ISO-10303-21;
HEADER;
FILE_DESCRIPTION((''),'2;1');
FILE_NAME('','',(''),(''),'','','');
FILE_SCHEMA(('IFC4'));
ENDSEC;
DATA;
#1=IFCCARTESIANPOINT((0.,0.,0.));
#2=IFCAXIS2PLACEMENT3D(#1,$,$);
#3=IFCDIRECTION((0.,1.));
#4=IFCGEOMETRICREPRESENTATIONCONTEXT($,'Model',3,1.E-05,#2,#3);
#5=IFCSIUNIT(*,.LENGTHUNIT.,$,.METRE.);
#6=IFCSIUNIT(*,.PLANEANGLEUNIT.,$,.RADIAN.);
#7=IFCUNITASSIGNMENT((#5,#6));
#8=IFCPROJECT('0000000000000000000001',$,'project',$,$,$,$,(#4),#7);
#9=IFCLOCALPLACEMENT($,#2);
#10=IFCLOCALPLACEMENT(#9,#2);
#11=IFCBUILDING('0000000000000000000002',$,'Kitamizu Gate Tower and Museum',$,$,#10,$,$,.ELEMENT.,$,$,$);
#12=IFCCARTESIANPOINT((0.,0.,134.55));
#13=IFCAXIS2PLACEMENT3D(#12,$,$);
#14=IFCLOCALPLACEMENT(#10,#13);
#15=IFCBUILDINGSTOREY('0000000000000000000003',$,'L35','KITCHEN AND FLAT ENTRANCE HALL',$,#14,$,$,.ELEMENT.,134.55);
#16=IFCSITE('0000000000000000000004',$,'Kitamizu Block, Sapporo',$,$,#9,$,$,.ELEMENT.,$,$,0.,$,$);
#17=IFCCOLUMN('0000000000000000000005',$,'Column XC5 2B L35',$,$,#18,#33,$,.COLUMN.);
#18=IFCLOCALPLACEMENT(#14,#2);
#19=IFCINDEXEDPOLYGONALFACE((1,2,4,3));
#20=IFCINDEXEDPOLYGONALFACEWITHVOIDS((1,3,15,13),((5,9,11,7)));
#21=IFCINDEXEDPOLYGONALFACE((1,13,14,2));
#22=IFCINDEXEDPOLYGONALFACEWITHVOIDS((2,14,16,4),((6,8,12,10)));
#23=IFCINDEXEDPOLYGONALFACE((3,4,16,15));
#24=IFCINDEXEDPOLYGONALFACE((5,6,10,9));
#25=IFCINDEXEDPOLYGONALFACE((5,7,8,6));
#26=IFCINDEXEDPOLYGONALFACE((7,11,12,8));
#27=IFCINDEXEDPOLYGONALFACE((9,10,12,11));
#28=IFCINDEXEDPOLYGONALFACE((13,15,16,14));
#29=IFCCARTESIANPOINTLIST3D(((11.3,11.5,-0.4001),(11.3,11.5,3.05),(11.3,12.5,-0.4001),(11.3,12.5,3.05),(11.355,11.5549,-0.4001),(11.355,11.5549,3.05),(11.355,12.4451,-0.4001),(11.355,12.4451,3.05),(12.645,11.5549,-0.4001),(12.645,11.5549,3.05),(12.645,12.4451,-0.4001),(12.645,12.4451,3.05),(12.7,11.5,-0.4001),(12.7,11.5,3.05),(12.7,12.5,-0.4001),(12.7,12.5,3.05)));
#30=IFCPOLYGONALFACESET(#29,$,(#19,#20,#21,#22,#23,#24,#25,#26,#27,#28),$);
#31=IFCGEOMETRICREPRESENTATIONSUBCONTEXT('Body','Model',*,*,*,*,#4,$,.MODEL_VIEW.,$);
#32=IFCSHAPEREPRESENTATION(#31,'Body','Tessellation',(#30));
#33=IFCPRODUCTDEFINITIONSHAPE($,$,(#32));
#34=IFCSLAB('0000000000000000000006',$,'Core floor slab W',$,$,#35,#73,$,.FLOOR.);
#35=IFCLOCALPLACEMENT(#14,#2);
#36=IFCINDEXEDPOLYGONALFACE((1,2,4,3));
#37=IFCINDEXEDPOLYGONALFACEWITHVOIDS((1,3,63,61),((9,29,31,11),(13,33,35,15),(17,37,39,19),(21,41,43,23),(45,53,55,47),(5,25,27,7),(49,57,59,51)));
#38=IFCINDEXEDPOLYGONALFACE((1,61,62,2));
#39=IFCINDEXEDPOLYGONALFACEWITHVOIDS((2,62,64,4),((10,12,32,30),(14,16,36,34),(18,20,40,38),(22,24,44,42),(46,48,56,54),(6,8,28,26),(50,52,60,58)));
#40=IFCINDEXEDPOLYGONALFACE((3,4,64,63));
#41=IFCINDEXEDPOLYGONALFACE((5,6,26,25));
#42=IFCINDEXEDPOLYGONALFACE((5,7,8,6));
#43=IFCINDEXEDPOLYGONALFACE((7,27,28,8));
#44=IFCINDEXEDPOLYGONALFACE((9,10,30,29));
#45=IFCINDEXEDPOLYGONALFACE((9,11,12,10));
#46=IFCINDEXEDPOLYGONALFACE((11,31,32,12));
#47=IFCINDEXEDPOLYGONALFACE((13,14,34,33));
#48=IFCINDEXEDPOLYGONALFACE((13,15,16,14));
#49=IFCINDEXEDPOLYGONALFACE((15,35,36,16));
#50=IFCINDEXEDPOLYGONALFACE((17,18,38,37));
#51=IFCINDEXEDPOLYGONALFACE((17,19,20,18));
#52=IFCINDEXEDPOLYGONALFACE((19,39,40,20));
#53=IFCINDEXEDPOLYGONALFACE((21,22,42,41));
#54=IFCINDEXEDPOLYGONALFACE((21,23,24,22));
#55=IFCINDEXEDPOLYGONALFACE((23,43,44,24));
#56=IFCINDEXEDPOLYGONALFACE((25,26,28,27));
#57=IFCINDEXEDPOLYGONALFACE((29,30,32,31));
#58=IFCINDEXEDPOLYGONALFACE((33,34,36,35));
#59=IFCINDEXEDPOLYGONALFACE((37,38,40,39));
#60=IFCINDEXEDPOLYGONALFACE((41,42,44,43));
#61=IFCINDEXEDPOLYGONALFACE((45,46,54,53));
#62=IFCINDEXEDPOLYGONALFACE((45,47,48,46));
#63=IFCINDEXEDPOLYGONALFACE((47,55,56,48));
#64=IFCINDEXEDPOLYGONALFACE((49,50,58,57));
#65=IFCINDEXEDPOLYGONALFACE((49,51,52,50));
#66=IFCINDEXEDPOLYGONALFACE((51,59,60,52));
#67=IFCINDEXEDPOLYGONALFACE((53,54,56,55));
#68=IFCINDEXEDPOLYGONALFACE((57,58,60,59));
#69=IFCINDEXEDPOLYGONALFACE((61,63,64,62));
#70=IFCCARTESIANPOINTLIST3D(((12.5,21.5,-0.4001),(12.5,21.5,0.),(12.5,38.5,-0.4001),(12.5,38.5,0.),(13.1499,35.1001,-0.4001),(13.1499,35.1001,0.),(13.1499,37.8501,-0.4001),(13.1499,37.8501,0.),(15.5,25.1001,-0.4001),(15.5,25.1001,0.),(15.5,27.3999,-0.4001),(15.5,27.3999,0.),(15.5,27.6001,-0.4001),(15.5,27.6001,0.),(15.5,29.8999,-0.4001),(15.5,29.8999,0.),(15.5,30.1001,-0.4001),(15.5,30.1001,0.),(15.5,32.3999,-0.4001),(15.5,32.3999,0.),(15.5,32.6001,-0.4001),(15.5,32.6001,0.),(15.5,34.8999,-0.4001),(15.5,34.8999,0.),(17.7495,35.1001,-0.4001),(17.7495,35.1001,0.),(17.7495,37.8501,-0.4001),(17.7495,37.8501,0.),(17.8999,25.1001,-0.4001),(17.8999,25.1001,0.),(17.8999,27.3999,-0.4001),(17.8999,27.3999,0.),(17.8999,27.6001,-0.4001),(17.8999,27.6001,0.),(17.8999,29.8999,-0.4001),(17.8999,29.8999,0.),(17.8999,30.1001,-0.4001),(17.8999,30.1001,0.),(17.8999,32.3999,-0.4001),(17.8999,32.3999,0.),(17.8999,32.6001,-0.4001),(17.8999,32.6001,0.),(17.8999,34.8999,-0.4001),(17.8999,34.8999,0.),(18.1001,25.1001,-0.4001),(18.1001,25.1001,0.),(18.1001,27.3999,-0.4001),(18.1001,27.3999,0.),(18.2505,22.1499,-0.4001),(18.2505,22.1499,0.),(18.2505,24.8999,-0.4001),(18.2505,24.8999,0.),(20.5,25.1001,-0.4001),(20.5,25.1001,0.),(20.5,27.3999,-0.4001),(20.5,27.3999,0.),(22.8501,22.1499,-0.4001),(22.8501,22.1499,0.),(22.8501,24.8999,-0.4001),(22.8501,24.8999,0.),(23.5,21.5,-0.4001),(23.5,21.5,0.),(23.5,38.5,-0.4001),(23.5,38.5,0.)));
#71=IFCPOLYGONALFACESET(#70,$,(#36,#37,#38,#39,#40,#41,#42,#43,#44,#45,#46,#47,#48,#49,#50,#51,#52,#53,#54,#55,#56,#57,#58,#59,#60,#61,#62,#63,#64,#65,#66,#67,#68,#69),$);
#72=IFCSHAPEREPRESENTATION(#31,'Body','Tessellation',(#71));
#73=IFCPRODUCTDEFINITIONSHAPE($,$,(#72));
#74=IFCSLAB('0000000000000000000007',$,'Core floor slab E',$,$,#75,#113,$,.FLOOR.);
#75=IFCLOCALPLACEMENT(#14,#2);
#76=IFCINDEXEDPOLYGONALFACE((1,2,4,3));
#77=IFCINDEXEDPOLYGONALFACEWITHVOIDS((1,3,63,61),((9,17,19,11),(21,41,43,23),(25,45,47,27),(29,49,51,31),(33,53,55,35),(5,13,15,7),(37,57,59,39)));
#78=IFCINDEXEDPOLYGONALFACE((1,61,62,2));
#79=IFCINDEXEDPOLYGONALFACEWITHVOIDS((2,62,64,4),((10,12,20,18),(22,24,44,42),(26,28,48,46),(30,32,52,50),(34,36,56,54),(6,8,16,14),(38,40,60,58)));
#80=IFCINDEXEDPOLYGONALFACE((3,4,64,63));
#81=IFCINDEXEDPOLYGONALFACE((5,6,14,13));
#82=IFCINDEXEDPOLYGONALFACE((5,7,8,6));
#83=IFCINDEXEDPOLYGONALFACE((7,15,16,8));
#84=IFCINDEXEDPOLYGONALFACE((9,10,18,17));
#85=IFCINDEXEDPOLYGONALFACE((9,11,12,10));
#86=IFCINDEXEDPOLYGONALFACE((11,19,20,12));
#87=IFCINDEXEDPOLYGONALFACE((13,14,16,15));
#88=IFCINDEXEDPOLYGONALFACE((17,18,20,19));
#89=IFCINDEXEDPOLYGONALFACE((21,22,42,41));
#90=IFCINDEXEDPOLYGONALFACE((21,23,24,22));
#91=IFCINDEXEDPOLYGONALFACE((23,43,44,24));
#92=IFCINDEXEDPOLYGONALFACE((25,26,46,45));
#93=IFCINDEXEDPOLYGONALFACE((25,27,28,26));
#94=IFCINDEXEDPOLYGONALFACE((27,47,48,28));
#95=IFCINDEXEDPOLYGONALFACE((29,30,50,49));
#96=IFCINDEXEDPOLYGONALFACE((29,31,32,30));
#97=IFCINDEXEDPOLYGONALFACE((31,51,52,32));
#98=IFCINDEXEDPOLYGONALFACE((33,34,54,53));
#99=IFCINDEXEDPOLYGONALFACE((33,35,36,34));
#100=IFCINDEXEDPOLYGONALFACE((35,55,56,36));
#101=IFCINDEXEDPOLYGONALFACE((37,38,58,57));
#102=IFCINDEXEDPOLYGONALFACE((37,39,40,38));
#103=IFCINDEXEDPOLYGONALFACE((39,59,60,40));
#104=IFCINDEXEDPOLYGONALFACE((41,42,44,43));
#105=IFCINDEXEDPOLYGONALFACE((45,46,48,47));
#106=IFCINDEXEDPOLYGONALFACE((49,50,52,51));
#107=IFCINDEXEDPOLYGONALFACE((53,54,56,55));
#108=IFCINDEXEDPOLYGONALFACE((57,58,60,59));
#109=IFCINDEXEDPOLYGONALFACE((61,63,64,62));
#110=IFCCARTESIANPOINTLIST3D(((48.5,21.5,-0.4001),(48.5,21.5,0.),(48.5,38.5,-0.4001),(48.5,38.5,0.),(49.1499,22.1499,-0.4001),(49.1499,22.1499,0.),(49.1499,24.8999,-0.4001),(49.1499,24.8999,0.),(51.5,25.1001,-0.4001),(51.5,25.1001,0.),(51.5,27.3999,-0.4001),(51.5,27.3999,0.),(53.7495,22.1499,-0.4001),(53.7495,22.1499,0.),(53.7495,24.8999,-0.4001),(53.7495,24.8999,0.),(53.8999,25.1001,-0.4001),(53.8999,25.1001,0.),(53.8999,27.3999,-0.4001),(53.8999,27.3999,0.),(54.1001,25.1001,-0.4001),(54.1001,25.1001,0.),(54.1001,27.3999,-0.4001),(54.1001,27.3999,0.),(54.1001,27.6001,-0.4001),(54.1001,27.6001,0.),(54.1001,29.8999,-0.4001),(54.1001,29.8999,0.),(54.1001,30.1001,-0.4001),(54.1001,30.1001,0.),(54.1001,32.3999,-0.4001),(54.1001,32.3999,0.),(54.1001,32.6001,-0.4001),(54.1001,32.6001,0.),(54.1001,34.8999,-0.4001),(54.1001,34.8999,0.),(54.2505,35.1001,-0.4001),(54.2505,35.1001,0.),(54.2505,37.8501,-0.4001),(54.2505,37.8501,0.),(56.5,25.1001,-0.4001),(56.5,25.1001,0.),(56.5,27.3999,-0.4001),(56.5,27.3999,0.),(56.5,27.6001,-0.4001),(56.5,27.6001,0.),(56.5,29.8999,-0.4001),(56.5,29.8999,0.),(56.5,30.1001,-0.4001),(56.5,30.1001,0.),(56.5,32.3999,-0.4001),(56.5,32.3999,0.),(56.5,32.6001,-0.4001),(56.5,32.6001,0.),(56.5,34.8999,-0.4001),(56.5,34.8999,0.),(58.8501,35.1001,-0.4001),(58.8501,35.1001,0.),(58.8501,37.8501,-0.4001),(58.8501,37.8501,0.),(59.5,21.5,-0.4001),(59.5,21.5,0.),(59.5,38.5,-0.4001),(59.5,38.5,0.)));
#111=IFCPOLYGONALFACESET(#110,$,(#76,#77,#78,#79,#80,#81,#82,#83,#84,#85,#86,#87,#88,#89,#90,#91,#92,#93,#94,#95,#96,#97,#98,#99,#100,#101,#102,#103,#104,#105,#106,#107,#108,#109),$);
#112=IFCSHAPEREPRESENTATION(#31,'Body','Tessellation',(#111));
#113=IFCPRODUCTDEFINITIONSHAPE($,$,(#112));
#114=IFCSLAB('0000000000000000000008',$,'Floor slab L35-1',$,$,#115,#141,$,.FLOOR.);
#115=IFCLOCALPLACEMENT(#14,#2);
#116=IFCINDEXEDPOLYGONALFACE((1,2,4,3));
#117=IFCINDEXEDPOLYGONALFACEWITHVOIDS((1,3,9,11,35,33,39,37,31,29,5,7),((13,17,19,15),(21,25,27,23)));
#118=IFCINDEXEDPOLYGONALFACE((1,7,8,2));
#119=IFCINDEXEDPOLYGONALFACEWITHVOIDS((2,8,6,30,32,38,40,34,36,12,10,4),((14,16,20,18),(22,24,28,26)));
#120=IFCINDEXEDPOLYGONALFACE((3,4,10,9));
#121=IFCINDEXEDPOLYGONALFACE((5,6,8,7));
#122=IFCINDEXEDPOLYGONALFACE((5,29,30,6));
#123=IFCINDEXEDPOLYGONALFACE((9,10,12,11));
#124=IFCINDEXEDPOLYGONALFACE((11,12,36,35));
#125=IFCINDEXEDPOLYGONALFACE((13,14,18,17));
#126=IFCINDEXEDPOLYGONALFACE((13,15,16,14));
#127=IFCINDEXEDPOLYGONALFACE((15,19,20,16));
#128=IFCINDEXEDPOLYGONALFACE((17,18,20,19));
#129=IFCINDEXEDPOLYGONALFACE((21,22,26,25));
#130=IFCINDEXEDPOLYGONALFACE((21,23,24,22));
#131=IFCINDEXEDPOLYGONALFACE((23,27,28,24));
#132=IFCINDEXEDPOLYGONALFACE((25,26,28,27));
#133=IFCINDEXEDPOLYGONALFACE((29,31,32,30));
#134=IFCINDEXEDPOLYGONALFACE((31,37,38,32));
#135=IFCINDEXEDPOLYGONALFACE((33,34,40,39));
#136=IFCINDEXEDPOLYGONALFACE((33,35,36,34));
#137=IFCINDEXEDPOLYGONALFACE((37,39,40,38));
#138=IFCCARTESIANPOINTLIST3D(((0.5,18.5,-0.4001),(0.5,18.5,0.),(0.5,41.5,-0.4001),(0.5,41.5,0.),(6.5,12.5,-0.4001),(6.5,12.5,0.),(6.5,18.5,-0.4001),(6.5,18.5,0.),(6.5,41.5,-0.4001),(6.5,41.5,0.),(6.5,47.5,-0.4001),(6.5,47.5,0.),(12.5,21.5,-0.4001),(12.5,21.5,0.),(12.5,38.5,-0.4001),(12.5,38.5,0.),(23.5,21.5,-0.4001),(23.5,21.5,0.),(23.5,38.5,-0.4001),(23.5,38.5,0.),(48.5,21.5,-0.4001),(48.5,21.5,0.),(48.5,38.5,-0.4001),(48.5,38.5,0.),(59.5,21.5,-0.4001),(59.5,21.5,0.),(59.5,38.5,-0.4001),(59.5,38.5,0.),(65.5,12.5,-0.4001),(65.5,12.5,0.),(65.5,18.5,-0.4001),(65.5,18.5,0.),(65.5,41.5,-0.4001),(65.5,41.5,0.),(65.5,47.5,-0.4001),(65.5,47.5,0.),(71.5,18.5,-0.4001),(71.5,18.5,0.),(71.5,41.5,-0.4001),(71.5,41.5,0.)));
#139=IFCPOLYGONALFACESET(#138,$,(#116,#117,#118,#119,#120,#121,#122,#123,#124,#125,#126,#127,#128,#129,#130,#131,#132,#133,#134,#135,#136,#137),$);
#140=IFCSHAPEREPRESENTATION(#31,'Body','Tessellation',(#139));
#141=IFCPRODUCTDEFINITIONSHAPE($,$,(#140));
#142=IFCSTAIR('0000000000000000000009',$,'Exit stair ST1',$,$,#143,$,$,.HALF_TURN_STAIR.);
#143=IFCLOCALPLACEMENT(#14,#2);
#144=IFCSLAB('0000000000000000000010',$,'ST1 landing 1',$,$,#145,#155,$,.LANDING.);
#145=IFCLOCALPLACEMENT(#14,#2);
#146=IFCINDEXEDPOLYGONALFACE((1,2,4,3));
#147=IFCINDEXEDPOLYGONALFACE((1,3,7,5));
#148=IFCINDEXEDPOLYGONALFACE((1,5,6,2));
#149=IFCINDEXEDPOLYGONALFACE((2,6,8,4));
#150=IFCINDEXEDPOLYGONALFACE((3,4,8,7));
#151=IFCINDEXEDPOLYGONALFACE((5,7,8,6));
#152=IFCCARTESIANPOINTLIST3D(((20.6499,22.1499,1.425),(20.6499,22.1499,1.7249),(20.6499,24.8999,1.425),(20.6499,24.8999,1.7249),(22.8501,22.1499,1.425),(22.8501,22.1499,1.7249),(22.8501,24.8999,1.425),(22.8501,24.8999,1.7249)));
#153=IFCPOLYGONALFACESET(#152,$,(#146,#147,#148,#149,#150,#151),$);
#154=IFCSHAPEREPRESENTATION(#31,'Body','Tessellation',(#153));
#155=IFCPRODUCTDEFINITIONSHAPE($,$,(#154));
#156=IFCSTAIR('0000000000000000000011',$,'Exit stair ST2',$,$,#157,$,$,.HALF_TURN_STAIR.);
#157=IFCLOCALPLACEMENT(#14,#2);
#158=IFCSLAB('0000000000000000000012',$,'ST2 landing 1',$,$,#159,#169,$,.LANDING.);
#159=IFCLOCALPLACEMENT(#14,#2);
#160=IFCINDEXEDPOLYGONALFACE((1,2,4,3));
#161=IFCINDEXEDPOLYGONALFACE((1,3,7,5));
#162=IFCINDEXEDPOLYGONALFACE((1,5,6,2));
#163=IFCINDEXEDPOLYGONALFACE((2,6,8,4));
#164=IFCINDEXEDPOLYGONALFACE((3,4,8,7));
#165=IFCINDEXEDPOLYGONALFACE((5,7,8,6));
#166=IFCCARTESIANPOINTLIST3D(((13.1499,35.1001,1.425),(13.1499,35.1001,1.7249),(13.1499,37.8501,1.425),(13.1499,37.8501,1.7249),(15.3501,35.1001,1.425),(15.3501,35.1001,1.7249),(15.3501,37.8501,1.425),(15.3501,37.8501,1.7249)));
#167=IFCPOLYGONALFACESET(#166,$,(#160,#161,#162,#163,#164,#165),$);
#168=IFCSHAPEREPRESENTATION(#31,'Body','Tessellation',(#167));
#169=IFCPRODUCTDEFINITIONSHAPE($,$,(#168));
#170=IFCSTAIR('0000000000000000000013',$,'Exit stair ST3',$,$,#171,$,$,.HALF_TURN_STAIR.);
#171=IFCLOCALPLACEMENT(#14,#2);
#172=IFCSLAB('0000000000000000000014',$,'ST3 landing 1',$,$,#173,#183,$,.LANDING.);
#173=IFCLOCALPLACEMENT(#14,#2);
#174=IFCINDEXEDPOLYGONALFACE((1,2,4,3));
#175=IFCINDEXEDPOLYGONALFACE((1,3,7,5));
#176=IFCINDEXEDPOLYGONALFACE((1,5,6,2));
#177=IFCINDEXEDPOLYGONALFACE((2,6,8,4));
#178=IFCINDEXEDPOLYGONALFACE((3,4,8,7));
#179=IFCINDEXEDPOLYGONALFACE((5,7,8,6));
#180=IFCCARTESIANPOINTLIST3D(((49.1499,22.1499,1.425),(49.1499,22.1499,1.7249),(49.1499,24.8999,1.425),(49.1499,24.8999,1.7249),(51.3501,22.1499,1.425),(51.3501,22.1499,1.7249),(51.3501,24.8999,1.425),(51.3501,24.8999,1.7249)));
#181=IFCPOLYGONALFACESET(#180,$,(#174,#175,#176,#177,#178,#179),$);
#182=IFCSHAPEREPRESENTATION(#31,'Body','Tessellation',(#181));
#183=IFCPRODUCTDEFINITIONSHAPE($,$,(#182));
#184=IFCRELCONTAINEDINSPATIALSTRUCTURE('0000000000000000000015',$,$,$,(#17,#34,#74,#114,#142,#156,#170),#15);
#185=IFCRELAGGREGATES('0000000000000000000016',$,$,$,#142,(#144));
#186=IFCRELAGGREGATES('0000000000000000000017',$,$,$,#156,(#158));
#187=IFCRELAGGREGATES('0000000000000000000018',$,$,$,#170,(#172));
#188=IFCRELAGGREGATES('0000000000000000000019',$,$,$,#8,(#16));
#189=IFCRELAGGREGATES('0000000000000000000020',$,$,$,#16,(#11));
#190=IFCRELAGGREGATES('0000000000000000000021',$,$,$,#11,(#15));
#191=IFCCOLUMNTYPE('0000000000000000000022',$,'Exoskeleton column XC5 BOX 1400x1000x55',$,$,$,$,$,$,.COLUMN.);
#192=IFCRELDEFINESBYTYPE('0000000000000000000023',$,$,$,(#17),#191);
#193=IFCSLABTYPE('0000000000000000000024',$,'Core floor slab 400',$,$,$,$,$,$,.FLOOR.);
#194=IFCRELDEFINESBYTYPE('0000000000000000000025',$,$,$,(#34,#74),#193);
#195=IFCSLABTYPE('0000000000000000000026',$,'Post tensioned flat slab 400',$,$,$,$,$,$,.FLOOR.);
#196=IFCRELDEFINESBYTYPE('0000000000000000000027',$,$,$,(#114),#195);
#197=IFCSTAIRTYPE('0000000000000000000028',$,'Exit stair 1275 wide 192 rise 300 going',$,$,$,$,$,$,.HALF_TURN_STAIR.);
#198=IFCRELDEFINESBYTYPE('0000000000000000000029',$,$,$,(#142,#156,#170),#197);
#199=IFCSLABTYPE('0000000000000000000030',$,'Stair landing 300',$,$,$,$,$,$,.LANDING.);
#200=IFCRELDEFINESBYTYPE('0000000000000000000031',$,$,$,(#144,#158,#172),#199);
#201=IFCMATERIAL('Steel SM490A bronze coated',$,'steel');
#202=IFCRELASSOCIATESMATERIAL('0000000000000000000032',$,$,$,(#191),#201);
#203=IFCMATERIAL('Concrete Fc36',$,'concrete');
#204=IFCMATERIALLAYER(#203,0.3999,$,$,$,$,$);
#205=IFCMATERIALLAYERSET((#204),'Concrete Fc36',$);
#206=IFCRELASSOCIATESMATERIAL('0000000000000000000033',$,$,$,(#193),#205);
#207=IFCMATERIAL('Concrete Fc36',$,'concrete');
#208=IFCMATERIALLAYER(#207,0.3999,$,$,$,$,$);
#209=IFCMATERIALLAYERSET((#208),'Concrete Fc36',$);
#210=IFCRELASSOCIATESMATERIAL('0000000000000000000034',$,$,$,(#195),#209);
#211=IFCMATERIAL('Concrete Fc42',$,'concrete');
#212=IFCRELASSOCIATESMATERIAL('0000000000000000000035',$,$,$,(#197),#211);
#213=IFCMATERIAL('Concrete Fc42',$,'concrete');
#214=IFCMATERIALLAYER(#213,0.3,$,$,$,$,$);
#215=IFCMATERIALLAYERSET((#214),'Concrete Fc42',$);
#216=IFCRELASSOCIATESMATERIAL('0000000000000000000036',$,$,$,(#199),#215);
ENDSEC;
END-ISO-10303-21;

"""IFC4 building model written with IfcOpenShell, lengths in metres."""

from ifc_helpers import new_model, si_unit, direction, frame, origin, origin_2d, place, context, subcontext, project, spatial, polyline, hollow_rectangle, outline, extrude, material, layer, layer_set, material_profile, profile_set, type_object, element, aggregate, save


model = new_model("IFC4")

# Units and contexts
model_context = context("Model", 3, precision=1e-05, world=origin(), true_north=direction((0.0, 1.0)))
body_context = subcontext(model_context, "Body", "Model", "MODEL_VIEW")
ifc_project = project(units=[si_unit("LENGTHUNIT", "METRE"), si_unit("PLANEANGLEUNIT", "RADIAN")], contexts=[model_context])

# Site, building, storey
site_placement = place(None, origin())
site = spatial("IfcSite", under=ifc_project, at=site_placement, Name="Kitamizu Block, Sapporo", CompositionType="ELEMENT", RefElevation=0.0)
building_placement = place(site_placement, origin())
building = spatial("IfcBuilding", under=site, at=building_placement, Name="Kitamizu Gate Tower and Museum", CompositionType="ELEMENT")
storey_placement = place(building_placement, frame((0.0, 0.0, 134.55)))
storey = spatial("IfcBuildingStorey", under=building, at=storey_placement, Name="L35", Description="KITCHEN AND FLAT ENTRANCE HALL", CompositionType="ELEMENT", Elevation=134.55)

# Column
ifc_material_1 = material(Name="Steel SM490A bronze coated", Category="steel")
ifc_material_profile = material_profile(ifc_material_1, hollow_rectangle(XDim=1.3999, YDim=1.0, WallThickness=0.0549, at=origin_2d()), Name="BOX 1400x1000x55")
ifc_profile_set = profile_set([ifc_material_profile], Name="Steel SM490A bronze coated")
column_type = type_object("IfcColumnType", Name="Exoskeleton column XC5 BOX 1400x1000x55", PredefinedType="COLUMN", material=ifc_profile_set)
column_placement = place(storey_placement, frame((12.0, 12.0, -0.4001), z_axis=(0.0, 0.0, 1.0), x_axis=(1.0, 0.0, 0.0)))
element("IfcColumn", 1, at=column_placement, inside=storey, type_object=column_type, Name="Column XC5 2B L35", PredefinedType="COLUMN", context=body_context, shape_type="SweptSolid", body=[
    extrude(hollow_rectangle(XDim=1.3999, YDim=1.0, WallThickness=0.0549, at=origin_2d()), origin(), (0.0, 0.0, 1.0), 3.4502),
])

# Slabs
ifc_material_2 = material(Name="Concrete Fc36", Category="concrete")
ifc_layer_1 = layer(ifc_material_2, 0.3999)
ifc_layer_set_1 = layer_set([ifc_layer_1], Name="Concrete Fc36")
slab_type_1 = type_object("IfcSlabType", Name="Core floor slab 400", PredefinedType="FLOOR", material=ifc_layer_set_1)
slab_1_placement = place(storey_placement, frame((0.0, 0.0, -0.4001)))
element("IfcSlab", 2, at=slab_1_placement, inside=storey, type_object=slab_type_1, Name="Core floor slab W", PredefinedType="FLOOR", context=body_context, shape_type="SweptSolid", body=[
    extrude(outline(polyline([(12.5, 21.5), (23.5, 21.5), (23.5, 38.5), (12.5, 38.5), (12.5, 21.5)]), holes=[polyline([(15.5, 25.1001), (17.8999, 25.1001), (17.8999, 27.3999), (15.5, 27.3999), (15.5, 25.1001)]), polyline([(15.5, 27.6001), (17.8999, 27.6001), (17.8999, 29.8999), (15.5, 29.8999), (15.5, 27.6001)]), polyline([(15.5, 30.1001), (17.8999, 30.1001), (17.8999, 32.3999), (15.5, 32.3999), (15.5, 30.1001)]), polyline([(15.5, 32.6001), (17.8999, 32.6001), (17.8999, 34.8999), (15.5, 34.8999), (15.5, 32.6001)]), polyline([(18.1001, 25.1001), (20.5, 25.1001), (20.5, 27.3999), (18.1001, 27.3999), (18.1001, 25.1001)]), polyline([(18.2505, 22.1499), (22.8501, 22.1499), (22.8501, 24.8999), (18.2505, 24.8999), (18.2505, 22.1499)]), polyline([(13.1499, 35.1001), (17.7495, 35.1001), (17.7495, 37.8501), (13.1499, 37.8501), (13.1499, 35.1001)])]), origin(), (0.0, 0.0, 1.0), 0.4001),
])
slab_2_placement = place(storey_placement, frame((0.0, 0.0, -0.4001)))
element("IfcSlab", 3, at=slab_2_placement, inside=storey, type_object=slab_type_1, Name="Core floor slab E", PredefinedType="FLOOR", context=body_context, shape_type="SweptSolid", body=[
    extrude(outline(polyline([(48.5, 21.5), (59.5, 21.5), (59.5, 38.5), (48.5, 38.5), (48.5, 21.5)]), holes=[polyline([(54.1001, 25.1001), (56.5, 25.1001), (56.5, 27.3999), (54.1001, 27.3999), (54.1001, 25.1001)]), polyline([(54.1001, 27.6001), (56.5, 27.6001), (56.5, 29.8999), (54.1001, 29.8999), (54.1001, 27.6001)]), polyline([(54.1001, 30.1001), (56.5, 30.1001), (56.5, 32.3999), (54.1001, 32.3999), (54.1001, 30.1001)]), polyline([(54.1001, 32.6001), (56.5, 32.6001), (56.5, 34.8999), (54.1001, 34.8999), (54.1001, 32.6001)]), polyline([(51.5, 25.1001), (53.8999, 25.1001), (53.8999, 27.3999), (51.5, 27.3999), (51.5, 25.1001)]), polyline([(49.1499, 22.1499), (53.7495, 22.1499), (53.7495, 24.8999), (49.1499, 24.8999), (49.1499, 22.1499)]), polyline([(54.2505, 35.1001), (58.8501, 35.1001), (58.8501, 37.8501), (54.2505, 37.8501), (54.2505, 35.1001)])]), origin(), (0.0, 0.0, 1.0), 0.4001),
])
ifc_material_3 = material(Name="Concrete Fc36", Category="concrete")
ifc_layer_2 = layer(ifc_material_3, 0.3999)
ifc_layer_set_2 = layer_set([ifc_layer_2], Name="Concrete Fc36")
slab_type_2 = type_object("IfcSlabType", Name="Post tensioned flat slab 400", PredefinedType="FLOOR", material=ifc_layer_set_2)
slab_3_placement = place(storey_placement, frame((0.0, 0.0, -0.4001)))
element("IfcSlab", 4, at=slab_3_placement, inside=storey, type_object=slab_type_2, Name="Floor slab L35-1", PredefinedType="FLOOR", context=body_context, shape_type="SweptSolid", body=[
    extrude(outline(polyline([(0.5, 18.5), (0.5, 41.5), (6.5, 41.5), (6.5, 47.5), (65.5, 47.5), (65.5, 41.5), (71.5, 41.5), (71.5, 18.5), (65.5, 18.5), (65.5, 12.5), (6.5, 12.5), (6.5, 18.5), (0.5, 18.5)]), holes=[polyline([(59.5, 38.5), (48.5, 38.5), (48.5, 21.5), (59.5, 21.5), (59.5, 38.5)]), polyline([(12.5, 38.5), (12.5, 21.5), (23.5, 21.5), (23.5, 38.5), (12.5, 38.5)])]), origin(), (0.0, 0.0, 1.0), 0.4001),
])

# Stairs, slabs
ifc_material_4 = material(Name="Concrete Fc42", Category="concrete")
stair_type = type_object("IfcStairType", Name="Exit stair 1275 wide 192 rise 300 going", PredefinedType="HALF_TURN_STAIR", material=ifc_material_4)
stair_1_placement = place(storey_placement, origin())
stair_1 = element("IfcStair", 5, at=stair_1_placement, inside=storey, type_object=stair_type, Name="Exit stair ST1", PredefinedType="HALF_TURN_STAIR")
ifc_material_5 = material(Name="Concrete Fc42", Category="concrete")
ifc_layer_3 = layer(ifc_material_5, 0.3)
ifc_layer_set_3 = layer_set([ifc_layer_3], Name="Concrete Fc42")
slab_type_3 = type_object("IfcSlabType", Name="Stair landing 300", PredefinedType="LANDING", material=ifc_layer_set_3)
slab_4_placement = place(storey_placement, frame((0.0, 0.0, 1.425)))
slab_4 = element("IfcSlab", 6, at=slab_4_placement, type_object=slab_type_3, Name="ST1 landing 1", PredefinedType="LANDING", context=body_context, shape_type="SweptSolid", body=[
    extrude(outline(polyline([(20.6499, 22.1499), (22.8501, 22.1499), (22.8501, 24.8999), (20.6499, 24.8999), (20.6499, 22.1499)])), origin(), (0.0, 0.0, 1.0), 0.2998),
])
aggregate(stair_1, [slab_4])
stair_2_placement = place(storey_placement, origin())
stair_2 = element("IfcStair", 7, at=stair_2_placement, inside=storey, type_object=stair_type, Name="Exit stair ST2", PredefinedType="HALF_TURN_STAIR")
slab_5_placement = place(storey_placement, frame((0.0, 0.0, 1.425)))
slab_5 = element("IfcSlab", 8, at=slab_5_placement, type_object=slab_type_3, Name="ST2 landing 1", PredefinedType="LANDING", context=body_context, shape_type="SweptSolid", body=[
    extrude(outline(polyline([(13.1499, 35.1001), (15.3501, 35.1001), (15.3501, 37.8501), (13.1499, 37.8501), (13.1499, 35.1001)])), origin(), (0.0, 0.0, 1.0), 0.2998),
])
aggregate(stair_2, [slab_5])
stair_3_placement = place(storey_placement, origin())
stair_3 = element("IfcStair", 9, at=stair_3_placement, inside=storey, type_object=stair_type, Name="Exit stair ST3", PredefinedType="HALF_TURN_STAIR")
slab_6_placement = place(storey_placement, frame((0.0, 0.0, 1.425)))
slab_6 = element("IfcSlab", 10, at=slab_6_placement, type_object=slab_type_3, Name="ST3 landing 1", PredefinedType="LANDING", context=body_context, shape_type="SweptSolid", body=[
    extrude(outline(polyline([(49.1499, 22.1499), (51.3501, 22.1499), (51.3501, 24.8999), (49.1499, 24.8999), (49.1499, 22.1499)])), origin(), (0.0, 0.0, 1.0), 0.2998),
])
aggregate(stair_3, [slab_6])

save(model, "model.ifc")
